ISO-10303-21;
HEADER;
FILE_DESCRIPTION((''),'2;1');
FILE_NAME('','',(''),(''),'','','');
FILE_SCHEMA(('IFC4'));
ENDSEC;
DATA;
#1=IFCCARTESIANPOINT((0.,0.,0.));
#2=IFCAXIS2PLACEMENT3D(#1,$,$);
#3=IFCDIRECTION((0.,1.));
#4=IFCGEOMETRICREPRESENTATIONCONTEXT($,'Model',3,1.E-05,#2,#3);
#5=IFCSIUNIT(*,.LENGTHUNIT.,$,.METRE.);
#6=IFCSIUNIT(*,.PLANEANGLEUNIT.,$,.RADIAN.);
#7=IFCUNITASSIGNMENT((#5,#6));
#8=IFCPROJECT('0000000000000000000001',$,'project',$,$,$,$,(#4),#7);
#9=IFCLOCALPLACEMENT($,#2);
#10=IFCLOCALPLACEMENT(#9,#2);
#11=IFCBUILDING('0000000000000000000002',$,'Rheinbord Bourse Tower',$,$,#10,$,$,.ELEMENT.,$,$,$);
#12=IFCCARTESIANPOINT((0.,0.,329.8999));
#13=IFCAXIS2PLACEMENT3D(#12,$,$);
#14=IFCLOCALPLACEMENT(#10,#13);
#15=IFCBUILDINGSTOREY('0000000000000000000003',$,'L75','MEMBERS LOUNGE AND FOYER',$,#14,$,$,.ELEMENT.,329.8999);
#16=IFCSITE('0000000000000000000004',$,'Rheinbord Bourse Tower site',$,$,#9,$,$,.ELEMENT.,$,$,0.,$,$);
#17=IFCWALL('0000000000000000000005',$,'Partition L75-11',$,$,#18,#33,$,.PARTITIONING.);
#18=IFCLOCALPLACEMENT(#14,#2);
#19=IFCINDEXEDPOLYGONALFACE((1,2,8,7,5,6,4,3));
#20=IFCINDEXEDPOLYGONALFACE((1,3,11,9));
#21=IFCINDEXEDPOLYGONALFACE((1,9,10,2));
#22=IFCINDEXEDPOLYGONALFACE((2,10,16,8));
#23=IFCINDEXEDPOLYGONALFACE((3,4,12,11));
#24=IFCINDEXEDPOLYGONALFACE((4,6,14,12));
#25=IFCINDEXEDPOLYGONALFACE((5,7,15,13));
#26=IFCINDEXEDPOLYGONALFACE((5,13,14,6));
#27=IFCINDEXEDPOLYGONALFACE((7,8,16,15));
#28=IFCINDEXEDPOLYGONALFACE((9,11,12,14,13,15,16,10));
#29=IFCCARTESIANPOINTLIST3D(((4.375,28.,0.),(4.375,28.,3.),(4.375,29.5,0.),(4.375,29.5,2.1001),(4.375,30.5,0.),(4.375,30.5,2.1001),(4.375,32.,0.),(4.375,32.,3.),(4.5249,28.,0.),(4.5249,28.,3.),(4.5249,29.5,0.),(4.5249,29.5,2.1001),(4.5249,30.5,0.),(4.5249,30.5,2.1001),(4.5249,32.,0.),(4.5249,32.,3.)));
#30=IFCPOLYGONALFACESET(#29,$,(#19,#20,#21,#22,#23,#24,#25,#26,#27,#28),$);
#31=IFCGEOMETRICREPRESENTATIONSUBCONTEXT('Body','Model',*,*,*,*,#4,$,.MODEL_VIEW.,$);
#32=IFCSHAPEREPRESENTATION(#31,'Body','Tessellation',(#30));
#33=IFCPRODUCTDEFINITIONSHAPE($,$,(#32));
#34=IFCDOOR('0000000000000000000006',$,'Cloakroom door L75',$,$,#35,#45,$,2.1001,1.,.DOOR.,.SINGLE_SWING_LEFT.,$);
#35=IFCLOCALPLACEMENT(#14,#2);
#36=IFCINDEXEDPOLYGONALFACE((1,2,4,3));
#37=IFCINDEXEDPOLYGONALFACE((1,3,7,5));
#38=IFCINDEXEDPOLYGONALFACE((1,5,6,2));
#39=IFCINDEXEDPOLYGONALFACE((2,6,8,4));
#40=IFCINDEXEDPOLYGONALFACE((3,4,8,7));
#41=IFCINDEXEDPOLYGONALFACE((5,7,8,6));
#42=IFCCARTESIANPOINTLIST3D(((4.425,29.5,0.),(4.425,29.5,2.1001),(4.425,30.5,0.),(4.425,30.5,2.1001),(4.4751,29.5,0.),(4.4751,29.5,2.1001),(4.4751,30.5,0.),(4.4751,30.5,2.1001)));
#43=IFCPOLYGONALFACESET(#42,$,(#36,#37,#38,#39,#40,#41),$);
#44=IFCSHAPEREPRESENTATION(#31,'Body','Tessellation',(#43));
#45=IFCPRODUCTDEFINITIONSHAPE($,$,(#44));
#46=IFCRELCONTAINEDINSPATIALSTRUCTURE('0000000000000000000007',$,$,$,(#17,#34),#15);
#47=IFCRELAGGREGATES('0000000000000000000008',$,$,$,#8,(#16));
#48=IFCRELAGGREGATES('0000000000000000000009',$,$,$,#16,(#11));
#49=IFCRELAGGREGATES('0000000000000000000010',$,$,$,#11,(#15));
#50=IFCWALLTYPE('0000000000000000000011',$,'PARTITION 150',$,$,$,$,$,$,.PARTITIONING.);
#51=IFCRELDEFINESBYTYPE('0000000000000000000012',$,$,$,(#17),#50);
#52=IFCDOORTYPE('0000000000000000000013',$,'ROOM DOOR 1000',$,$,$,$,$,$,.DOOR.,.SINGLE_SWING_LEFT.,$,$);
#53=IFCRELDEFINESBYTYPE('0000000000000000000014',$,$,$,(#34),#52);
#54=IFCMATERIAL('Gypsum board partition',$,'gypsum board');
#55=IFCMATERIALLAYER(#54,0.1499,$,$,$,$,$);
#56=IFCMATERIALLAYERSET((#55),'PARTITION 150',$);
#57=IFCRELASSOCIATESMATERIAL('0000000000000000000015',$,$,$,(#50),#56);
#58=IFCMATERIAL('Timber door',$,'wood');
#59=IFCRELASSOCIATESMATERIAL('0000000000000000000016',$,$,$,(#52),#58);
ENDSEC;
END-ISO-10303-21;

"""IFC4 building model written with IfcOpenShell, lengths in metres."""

from ifc_helpers import new_model, si_unit, direction, frame, frame_2d, origin, place, context, subcontext, project, spatial, rectangle, extrude, material, layer, layer_set, type_object, element, fill, save


model = new_model("IFC4")

# Units and contexts
model_context = context("Model", 3, precision=1e-05, world=origin(), true_north=direction((0.0, 1.0)))
body_context = subcontext(model_context, "Body", "Model", "MODEL_VIEW")
ifc_project = project(units=[si_unit("LENGTHUNIT", "METRE"), si_unit("PLANEANGLEUNIT", "RADIAN")], contexts=[model_context])

# Site, building, storey
site_placement = place(None, origin())
site = spatial("IfcSite", under=ifc_project, at=site_placement, Name="Rheinbord Bourse Tower site", CompositionType="ELEMENT", RefElevation=0.0)
building_placement = place(site_placement, origin())
building = spatial("IfcBuilding", under=site, at=building_placement, Name="Rheinbord Bourse Tower", CompositionType="ELEMENT")
storey_placement = place(building_placement, frame((0.0, 0.0, 329.8999)))
storey = spatial("IfcBuildingStorey", under=building, at=storey_placement, Name="L75", Description="MEMBERS LOUNGE AND FOYER", CompositionType="ELEMENT", Elevation=329.8999)

# Shared definitions
ifc_material_1 = material(Name="Gypsum board partition", Category="gypsum board")
ifc_layer_1 = layer(ifc_material_1, 0.1499)
ifc_layer_set_1 = layer_set([ifc_layer_1], Name="PARTITION 150")
wall_type = type_object("IfcWallType", Name="PARTITION 150", PredefinedType="PARTITIONING", material=ifc_layer_set_1)

# Wall, opening, door
wall_1_placement = place(storey_placement, frame((4.45, 28.0, 0.0), z_axis=(0.0, 0.0, 1.0), x_axis=(0.0, 1.0, 0.0)))
wall_1 = element("IfcWall", 1, at=wall_1_placement, inside=storey, type_object=wall_type, Name="Partition L75-11", PredefinedType="PARTITIONING", context=body_context, shape_type="SweptSolid", body=[
    extrude(rectangle(XDim=4.0, YDim=0.1499, at=frame_2d((2.0, 0.0))), origin(), (0.0, 0.0, 1.0), 3.0),
])
opening_placement = place(wall_1_placement, frame((1.5, 0.0, 0.0)))
opening = element("IfcOpeningElement", 2, at=opening_placement, cuts=wall_1, PredefinedType="OPENING", context=body_context, shape_type="SweptSolid", body=[
    extrude(rectangle(XDim=1.0, YDim=2.1001, at=frame_2d((0.5, 1.05))), frame((0.0, 0.085, 0.0), z_axis=(0.0, -1.0, 0.0), x_axis=(1.0, 0.0, 0.0)), (0.0, 0.0, 1.0), 0.1699),
])
ifc_material_2 = material(Name="Timber door", Category="wood")
door_type = type_object("IfcDoorType", Name="ROOM DOOR 1000", OperationType="SINGLE_SWING_LEFT", PredefinedType="DOOR", material=ifc_material_2)
door_placement = place(opening_placement, origin())
door = element("IfcDoor", 3, at=door_placement, inside=storey, type_object=door_type, Name="Cloakroom door L75", OperationType="SINGLE_SWING_LEFT", OverallHeight=2.1001, OverallWidth=1.0, PredefinedType="DOOR", context=body_context, shape_type="SweptSolid", body=[
    extrude(rectangle(XDim=1.0, YDim=2.1001, at=frame_2d((0.5, 1.05))), frame((0.0, 0.0249, 0.0), z_axis=(0.0, -1.0, 0.0), x_axis=(1.0, 0.0, 0.0)), (0.0, 0.0, 1.0), 0.05),
])
fill(opening, door)

save(model, "model.ifc")
